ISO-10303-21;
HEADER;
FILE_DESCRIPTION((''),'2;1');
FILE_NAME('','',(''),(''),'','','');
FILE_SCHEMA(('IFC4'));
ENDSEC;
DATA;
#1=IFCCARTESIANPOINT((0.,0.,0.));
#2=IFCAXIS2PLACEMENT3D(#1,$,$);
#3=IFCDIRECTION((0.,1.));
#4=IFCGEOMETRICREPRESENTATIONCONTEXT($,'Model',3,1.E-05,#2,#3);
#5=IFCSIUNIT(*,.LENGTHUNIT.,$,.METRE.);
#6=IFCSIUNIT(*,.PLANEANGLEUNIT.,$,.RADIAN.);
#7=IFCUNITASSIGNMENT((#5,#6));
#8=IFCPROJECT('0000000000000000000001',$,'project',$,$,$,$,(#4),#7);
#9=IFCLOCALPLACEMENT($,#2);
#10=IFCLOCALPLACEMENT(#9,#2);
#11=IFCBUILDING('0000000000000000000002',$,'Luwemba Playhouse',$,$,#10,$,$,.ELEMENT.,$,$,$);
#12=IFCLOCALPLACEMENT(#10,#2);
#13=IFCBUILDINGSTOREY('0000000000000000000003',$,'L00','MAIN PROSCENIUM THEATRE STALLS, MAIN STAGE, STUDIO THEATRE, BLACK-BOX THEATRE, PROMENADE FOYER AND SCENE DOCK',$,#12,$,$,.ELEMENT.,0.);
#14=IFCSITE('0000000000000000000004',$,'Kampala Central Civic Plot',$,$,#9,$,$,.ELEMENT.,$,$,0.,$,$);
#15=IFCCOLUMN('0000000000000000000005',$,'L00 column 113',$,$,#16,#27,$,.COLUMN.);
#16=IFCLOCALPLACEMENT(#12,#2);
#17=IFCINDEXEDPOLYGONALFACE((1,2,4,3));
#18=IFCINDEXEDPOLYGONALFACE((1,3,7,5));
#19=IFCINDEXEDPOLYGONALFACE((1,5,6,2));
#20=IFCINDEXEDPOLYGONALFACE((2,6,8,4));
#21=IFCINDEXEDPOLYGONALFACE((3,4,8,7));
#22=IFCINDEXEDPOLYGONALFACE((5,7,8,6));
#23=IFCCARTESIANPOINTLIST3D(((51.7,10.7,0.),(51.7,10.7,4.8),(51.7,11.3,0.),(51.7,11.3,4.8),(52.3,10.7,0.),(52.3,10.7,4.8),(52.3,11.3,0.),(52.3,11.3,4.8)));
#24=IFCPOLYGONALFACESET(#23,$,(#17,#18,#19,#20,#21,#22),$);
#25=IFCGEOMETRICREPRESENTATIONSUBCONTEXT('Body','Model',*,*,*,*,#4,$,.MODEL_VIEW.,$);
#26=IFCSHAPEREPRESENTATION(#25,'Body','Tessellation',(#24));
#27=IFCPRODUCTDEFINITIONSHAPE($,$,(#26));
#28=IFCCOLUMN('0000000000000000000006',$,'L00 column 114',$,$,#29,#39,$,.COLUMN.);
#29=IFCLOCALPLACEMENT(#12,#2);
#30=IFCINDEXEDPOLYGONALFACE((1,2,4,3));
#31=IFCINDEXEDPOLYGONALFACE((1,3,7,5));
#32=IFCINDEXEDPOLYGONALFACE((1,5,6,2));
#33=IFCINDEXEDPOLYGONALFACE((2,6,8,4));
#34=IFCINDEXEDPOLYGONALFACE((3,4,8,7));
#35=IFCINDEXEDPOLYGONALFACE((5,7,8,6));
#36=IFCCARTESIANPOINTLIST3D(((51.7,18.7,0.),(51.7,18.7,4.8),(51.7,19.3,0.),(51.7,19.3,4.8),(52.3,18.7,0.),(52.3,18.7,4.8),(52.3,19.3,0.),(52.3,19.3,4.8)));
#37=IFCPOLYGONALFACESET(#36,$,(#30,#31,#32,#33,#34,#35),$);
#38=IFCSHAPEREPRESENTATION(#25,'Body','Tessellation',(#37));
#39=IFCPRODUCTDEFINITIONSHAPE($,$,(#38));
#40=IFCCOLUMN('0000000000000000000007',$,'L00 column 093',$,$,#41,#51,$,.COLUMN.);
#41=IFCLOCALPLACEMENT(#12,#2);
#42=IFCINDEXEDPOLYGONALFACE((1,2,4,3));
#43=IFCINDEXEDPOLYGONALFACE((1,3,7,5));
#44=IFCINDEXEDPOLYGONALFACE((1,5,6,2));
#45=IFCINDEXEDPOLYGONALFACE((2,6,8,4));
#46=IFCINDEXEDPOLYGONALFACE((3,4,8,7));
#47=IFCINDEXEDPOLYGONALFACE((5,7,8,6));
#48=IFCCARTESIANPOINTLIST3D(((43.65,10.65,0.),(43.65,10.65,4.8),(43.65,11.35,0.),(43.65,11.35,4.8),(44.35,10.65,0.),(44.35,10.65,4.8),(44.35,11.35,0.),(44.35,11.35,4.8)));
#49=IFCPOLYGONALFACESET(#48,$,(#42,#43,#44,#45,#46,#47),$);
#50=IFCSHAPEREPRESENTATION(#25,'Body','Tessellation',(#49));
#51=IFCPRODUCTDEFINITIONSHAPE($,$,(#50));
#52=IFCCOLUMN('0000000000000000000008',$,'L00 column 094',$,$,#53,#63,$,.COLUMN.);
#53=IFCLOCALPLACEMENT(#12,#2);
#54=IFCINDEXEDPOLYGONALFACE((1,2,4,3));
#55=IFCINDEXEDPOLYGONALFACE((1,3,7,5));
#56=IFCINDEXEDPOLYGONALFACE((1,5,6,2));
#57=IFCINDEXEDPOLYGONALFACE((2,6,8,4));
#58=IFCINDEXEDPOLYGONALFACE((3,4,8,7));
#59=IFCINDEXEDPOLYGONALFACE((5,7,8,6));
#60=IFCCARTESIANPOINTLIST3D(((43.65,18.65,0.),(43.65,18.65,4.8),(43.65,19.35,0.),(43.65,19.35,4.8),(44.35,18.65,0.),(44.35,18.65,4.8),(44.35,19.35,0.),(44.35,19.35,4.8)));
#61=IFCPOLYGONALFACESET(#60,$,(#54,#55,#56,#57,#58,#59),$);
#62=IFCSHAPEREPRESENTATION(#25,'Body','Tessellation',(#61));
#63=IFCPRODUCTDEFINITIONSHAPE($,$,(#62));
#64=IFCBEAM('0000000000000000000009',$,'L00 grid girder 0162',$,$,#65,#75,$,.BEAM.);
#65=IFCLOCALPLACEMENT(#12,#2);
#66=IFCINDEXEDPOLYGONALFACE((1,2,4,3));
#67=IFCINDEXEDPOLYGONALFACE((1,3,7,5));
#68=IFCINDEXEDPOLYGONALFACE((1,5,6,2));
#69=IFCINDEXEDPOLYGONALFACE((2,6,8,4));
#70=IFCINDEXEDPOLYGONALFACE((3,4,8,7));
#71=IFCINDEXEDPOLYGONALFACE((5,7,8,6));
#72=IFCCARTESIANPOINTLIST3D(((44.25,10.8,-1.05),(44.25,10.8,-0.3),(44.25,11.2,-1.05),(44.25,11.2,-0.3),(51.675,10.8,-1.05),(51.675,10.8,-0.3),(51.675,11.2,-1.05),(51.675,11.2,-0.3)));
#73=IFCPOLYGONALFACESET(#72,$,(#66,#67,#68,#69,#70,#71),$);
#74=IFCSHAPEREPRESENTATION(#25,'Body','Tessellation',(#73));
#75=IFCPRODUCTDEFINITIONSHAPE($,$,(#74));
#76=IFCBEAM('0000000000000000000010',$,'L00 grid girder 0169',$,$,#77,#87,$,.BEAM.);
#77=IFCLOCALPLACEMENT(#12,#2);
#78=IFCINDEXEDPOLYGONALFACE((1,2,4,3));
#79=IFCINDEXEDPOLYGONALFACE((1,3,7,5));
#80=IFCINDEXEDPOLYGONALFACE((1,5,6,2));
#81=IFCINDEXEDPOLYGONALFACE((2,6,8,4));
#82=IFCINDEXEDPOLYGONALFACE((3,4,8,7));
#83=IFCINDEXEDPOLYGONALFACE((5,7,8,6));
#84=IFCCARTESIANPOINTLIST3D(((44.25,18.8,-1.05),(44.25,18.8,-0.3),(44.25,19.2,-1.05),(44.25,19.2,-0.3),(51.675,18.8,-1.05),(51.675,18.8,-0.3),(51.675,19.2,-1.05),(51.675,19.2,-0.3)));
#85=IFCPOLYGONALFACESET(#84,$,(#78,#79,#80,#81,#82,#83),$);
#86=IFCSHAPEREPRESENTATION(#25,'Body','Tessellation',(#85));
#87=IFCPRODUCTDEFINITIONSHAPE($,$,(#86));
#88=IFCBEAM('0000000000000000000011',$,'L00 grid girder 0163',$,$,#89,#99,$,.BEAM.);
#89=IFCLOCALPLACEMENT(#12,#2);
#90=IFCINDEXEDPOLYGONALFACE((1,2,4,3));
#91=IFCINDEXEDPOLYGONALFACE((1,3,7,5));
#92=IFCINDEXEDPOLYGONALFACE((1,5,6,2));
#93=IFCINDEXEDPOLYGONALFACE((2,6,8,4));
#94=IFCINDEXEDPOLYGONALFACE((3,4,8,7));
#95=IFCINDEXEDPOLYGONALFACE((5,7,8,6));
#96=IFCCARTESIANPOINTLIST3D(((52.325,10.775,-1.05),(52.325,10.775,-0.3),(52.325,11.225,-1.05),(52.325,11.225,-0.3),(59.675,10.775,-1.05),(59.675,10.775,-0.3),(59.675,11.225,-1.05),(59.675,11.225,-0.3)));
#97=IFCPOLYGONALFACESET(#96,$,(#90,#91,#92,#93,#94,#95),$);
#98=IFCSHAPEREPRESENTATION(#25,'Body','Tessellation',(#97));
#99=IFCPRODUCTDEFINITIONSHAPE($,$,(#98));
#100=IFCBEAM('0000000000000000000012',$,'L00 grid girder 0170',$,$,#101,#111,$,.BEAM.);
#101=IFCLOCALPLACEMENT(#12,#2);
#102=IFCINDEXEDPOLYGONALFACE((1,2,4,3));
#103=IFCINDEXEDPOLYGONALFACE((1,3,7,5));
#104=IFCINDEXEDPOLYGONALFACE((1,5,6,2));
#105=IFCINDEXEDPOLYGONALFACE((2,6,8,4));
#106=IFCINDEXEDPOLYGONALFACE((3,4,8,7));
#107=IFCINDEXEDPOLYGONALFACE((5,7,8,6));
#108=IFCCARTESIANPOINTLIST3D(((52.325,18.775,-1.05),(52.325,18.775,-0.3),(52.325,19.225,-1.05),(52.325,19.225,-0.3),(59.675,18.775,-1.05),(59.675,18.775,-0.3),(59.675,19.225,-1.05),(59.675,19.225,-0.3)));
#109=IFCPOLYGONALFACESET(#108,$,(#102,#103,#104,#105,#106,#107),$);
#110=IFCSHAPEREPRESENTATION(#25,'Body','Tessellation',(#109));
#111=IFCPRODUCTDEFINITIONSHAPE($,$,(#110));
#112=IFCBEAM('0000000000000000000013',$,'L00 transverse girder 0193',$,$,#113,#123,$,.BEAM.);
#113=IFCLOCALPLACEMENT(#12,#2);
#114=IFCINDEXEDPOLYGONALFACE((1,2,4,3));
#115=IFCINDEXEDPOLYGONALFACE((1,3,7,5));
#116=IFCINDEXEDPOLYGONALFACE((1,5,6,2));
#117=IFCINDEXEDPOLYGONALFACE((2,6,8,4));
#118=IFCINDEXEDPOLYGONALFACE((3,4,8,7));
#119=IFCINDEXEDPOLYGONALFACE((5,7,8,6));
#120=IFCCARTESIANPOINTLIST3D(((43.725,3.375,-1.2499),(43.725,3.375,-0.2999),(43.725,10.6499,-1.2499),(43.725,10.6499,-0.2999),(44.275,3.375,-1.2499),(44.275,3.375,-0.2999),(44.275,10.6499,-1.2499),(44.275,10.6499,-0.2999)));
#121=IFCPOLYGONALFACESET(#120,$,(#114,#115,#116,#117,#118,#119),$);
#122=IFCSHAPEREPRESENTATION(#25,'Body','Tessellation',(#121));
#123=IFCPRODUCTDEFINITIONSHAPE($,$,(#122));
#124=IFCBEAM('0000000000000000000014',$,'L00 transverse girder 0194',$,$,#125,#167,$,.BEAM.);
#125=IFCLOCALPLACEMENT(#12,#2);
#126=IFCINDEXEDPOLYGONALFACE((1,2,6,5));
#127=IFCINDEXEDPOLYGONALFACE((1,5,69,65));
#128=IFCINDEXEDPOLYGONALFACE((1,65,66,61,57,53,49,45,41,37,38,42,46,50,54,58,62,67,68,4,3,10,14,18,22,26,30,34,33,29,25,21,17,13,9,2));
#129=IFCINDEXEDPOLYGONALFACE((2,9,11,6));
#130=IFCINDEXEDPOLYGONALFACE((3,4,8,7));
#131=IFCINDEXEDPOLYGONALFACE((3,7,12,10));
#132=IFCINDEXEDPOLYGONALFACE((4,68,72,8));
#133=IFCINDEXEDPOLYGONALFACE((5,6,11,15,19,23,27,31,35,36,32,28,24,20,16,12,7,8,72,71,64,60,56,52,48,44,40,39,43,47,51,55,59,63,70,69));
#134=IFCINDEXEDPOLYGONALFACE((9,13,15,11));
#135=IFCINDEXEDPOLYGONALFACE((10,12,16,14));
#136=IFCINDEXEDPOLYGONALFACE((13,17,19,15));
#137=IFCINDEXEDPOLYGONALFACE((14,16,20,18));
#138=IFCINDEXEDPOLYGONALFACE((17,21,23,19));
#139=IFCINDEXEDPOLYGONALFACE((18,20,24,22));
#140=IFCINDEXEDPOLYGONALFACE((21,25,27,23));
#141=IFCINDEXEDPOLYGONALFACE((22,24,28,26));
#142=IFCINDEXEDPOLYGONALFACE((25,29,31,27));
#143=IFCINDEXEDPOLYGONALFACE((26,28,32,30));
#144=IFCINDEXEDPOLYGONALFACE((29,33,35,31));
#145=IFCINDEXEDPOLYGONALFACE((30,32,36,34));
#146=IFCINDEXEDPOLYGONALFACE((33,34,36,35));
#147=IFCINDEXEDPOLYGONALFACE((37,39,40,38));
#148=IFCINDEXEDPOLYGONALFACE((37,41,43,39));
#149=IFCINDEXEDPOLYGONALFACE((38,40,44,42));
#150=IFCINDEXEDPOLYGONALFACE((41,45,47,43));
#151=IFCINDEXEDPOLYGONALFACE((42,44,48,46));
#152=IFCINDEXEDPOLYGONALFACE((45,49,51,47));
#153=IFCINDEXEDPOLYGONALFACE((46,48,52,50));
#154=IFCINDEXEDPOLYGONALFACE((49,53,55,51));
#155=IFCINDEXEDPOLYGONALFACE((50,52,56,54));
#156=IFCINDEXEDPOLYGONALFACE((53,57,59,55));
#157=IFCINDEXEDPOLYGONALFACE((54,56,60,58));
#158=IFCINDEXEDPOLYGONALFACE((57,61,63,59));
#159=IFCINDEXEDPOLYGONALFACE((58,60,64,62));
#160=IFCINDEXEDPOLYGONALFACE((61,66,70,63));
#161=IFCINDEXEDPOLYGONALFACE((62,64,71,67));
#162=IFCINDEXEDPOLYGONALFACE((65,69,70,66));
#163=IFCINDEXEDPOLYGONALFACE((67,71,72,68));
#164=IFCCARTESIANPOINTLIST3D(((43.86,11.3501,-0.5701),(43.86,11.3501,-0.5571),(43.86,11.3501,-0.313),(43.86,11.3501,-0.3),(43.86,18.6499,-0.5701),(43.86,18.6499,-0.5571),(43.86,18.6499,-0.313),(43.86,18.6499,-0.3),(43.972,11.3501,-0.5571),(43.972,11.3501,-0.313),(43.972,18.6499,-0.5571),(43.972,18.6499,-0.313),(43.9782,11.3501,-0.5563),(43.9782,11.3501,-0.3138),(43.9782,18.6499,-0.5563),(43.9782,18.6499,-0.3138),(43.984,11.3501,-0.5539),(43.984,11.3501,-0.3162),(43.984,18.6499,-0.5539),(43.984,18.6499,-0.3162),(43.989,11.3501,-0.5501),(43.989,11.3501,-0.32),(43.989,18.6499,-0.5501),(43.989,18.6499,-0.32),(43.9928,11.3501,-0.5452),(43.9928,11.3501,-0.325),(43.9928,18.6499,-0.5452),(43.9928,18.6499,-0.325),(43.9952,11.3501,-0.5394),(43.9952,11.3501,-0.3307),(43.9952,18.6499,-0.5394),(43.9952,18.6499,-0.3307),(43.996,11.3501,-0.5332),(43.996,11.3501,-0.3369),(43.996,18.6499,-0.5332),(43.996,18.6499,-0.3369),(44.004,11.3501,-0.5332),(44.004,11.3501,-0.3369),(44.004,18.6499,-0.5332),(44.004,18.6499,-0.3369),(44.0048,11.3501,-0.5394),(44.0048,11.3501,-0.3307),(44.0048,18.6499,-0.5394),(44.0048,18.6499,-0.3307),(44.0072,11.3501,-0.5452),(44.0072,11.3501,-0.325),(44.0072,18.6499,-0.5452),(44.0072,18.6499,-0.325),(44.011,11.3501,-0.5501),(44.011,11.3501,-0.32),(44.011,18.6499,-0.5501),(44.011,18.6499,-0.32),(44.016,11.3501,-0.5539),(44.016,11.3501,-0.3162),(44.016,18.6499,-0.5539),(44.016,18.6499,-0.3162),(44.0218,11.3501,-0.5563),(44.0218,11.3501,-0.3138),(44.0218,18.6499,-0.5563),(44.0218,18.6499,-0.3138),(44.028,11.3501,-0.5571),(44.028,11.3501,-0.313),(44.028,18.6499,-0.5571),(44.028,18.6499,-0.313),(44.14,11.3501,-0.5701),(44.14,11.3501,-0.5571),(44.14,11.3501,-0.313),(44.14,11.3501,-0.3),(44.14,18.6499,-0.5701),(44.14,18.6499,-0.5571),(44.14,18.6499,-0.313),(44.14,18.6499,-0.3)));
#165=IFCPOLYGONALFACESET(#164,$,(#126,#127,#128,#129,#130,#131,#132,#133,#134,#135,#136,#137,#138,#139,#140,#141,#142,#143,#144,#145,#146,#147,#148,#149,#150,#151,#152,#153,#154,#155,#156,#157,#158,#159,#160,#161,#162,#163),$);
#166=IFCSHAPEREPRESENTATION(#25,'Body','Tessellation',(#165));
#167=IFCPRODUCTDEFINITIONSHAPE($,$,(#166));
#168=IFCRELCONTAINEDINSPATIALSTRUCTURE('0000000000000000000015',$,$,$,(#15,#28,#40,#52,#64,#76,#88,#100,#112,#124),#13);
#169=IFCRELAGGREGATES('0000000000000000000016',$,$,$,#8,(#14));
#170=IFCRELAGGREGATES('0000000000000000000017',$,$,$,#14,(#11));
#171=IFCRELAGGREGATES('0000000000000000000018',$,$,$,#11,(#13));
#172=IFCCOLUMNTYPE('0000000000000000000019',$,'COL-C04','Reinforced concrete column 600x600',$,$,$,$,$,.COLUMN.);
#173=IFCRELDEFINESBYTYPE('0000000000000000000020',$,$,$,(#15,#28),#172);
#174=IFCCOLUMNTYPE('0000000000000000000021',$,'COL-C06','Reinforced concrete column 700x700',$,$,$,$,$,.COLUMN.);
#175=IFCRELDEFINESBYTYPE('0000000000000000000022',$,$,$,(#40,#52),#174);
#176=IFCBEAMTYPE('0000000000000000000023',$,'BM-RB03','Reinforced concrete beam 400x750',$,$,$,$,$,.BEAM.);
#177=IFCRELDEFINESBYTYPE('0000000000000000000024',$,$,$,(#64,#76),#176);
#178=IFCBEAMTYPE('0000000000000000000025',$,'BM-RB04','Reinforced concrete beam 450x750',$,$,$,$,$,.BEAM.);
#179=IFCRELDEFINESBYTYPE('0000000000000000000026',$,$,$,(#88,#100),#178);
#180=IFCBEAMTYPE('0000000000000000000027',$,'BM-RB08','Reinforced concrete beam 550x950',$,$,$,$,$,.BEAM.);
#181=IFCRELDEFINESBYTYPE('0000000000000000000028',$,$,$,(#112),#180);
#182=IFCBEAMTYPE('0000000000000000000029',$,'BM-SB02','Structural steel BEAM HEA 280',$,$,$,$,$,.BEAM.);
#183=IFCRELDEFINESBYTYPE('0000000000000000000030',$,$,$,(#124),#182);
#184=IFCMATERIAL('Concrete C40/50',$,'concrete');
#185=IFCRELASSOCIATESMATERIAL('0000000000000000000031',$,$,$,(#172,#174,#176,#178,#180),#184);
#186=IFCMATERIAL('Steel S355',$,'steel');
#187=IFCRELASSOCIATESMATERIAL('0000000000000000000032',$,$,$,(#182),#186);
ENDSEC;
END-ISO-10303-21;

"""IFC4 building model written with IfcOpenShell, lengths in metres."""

from ifc_helpers import new_model, si_unit, direction, frame, origin, origin_2d, place, context, subcontext, project, spatial, rectangle, i_section, extrude, material, material_profile, profile_set, type_object, element, save


model = new_model("IFC4")

# Units and contexts
model_context = context("Model", 3, precision=1e-05, world=origin(), true_north=direction((0.0, 1.0)))
body_context = subcontext(model_context, "Body", "Model", "MODEL_VIEW")
ifc_project = project(units=[si_unit("LENGTHUNIT", "METRE"), si_unit("PLANEANGLEUNIT", "RADIAN")], contexts=[model_context])

# Site, building, storey
site_placement = place(None, origin())
site = spatial("IfcSite", under=ifc_project, at=site_placement, Name="Kampala Central Civic Plot", CompositionType="ELEMENT", RefElevation=0.0)
building_placement = place(site_placement, origin())
building = spatial("IfcBuilding", under=site, at=building_placement, Name="Luwemba Playhouse", CompositionType="ELEMENT")
storey_placement = place(building_placement, origin())
storey = spatial("IfcBuildingStorey", under=building, at=storey_placement, Name="L00", Description="MAIN PROSCENIUM THEATRE STALLS, MAIN STAGE, STUDIO THEATRE, BLACK-BOX THEATRE, PROMENADE FOYER AND SCENE DOCK", CompositionType="ELEMENT", Elevation=0.0)

# Columns
ifc_material_1 = material(Name="Concrete C40/50", Category="concrete")
ifc_material_profile_1 = material_profile(ifc_material_1, rectangle(XDim=0.6001, YDim=0.6001, at=origin_2d()))
ifc_profile_set_1 = profile_set([ifc_material_profile_1], Name="Concrete C40/50")
column_type_1 = type_object("IfcColumnType", Name="COL-C04", Description="Reinforced concrete column 600x600", PredefinedType="COLUMN", material=ifc_profile_set_1)
for number, where, z_axis, x_axis, name in (
    (1, (52.0, 11.0, 0.0), (0.0, 0.0, 1.0), (1.0, 0.0, 0.0), "L00 column 113"),
    (2, (52.0, 19.0, 0.0), (0.0, 0.0, 1.0), (1.0, 0.0, 0.0), "L00 column 114"),
):
    element("IfcColumn", number, at=place(storey_placement, frame(where, z_axis=z_axis, x_axis=x_axis)), inside=storey, type_object=column_type_1, Name=name, PredefinedType="COLUMN", context=body_context, shape_type="SweptSolid", body=[
        extrude(rectangle(XDim=0.6001, YDim=0.6001, at=origin_2d()), origin(), (0.0, 0.0, 1.0), 4.8),
    ])
ifc_material_profile_2 = material_profile(ifc_material_1, rectangle(XDim=0.7, YDim=0.7, at=origin_2d()))
ifc_profile_set_2 = profile_set([ifc_material_profile_2], Name="Concrete C40/50")
column_type_2 = type_object("IfcColumnType", Name="COL-C06", Description="Reinforced concrete column 700x700", PredefinedType="COLUMN", material=ifc_profile_set_2)
for number, where, z_axis, x_axis, name in (
    (3, (44.0, 11.0, 0.0), (0.0, 0.0, 1.0), (1.0, 0.0, 0.0), "L00 column 093"),
    (4, (44.0, 19.0, 0.0), (0.0, 0.0, 1.0), (1.0, 0.0, 0.0), "L00 column 094"),
):
    element("IfcColumn", number, at=place(storey_placement, frame(where, z_axis=z_axis, x_axis=x_axis)), inside=storey, type_object=column_type_2, Name=name, PredefinedType="COLUMN", context=body_context, shape_type="SweptSolid", body=[
        extrude(rectangle(XDim=0.7, YDim=0.7, at=origin_2d()), origin(), (0.0, 0.0, 1.0), 4.8),
    ])

# Beams
ifc_material_profile_3 = material_profile(ifc_material_1, rectangle(XDim=0.3999, YDim=0.75, at=origin_2d()))
ifc_profile_set_3 = profile_set([ifc_material_profile_3], Name="Concrete C40/50")
beam_type_1 = type_object("IfcBeamType", Name="BM-RB03", Description="Reinforced concrete beam 400x750", PredefinedType="BEAM", material=ifc_profile_set_3)
for number, where, z_axis, x_axis, name in (
    (5, (44.25, 11.0, -0.675), (1.0, 0.0, 0.0), (0.0, 1.0, 0.0), "L00 grid girder 0162"),
    (6, (44.25, 19.0, -0.675), (1.0, 0.0, 0.0), (0.0, 1.0, 0.0), "L00 grid girder 0169"),
):
    element("IfcBeam", number, at=place(storey_placement, frame(where, z_axis=z_axis, x_axis=x_axis)), inside=storey, type_object=beam_type_1, Name=name, PredefinedType="BEAM", context=body_context, shape_type="SweptSolid", body=[
        extrude(rectangle(XDim=0.3999, YDim=0.75, at=origin_2d()), origin(), (0.0, 0.0, 1.0), 7.425),
    ])
ifc_material_profile_4 = material_profile(ifc_material_1, rectangle(XDim=0.45, YDim=0.75, at=origin_2d()))
ifc_profile_set_4 = profile_set([ifc_material_profile_4], Name="Concrete C40/50")
beam_type_2 = type_object("IfcBeamType", Name="BM-RB04", Description="Reinforced concrete beam 450x750", PredefinedType="BEAM", material=ifc_profile_set_4)
for number, where, z_axis, x_axis, name in (
    (7, (52.325, 11.0, -0.675), (1.0, 0.0, 0.0), (0.0, 1.0, 0.0), "L00 grid girder 0163"),
    (8, (52.325, 19.0, -0.675), (1.0, 0.0, 0.0), (0.0, 1.0, 0.0), "L00 grid girder 0170"),
):
    element("IfcBeam", number, at=place(storey_placement, frame(where, z_axis=z_axis, x_axis=x_axis)), inside=storey, type_object=beam_type_2, Name=name, PredefinedType="BEAM", context=body_context, shape_type="SweptSolid", body=[
        extrude(rectangle(XDim=0.45, YDim=0.75, at=origin_2d()), origin(), (0.0, 0.0, 1.0), 7.3501),
    ])
ifc_material_profile_5 = material_profile(ifc_material_1, rectangle(XDim=0.55, YDim=0.95, at=origin_2d()))
ifc_profile_set_5 = profile_set([ifc_material_profile_5], Name="Concrete C40/50")
beam_type_3 = type_object("IfcBeamType", Name="BM-RB08", Description="Reinforced concrete beam 550x950", PredefinedType="BEAM", material=ifc_profile_set_5)
beam_1_placement = place(storey_placement, frame((44.0, 3.375, -0.7749), z_axis=(0.0, 1.0, 0.0), x_axis=(-1.0, 0.0, 0.0)))
element("IfcBeam", 9, at=beam_1_placement, inside=storey, type_object=beam_type_3, Name="L00 transverse girder 0193", PredefinedType="BEAM", context=body_context, shape_type="SweptSolid", body=[
    extrude(rectangle(XDim=0.55, YDim=0.95, at=origin_2d()), origin(), (0.0, 0.0, 1.0), 7.2749),
])
ifc_material_2 = material(Name="Steel S355", Category="steel")
ifc_material_profile_6 = material_profile(ifc_material_2, i_section(OverallWidth=0.28, OverallDepth=0.27, WebThickness=0.0081, FlangeThickness=0.0129, FilletRadius=0.0239, at=origin_2d()))
ifc_profile_set_6 = profile_set([ifc_material_profile_6], Name="Steel S355")
beam_type_4 = type_object("IfcBeamType", Name="BM-SB02", Description="Structural steel BEAM HEA 280", PredefinedType="BEAM", material=ifc_profile_set_6)
beam_2_placement = place(storey_placement, frame((44.0, 11.3501, -0.4351), z_axis=(0.0, 1.0, 0.0), x_axis=(-1.0, 0.0, 0.0)))
element("IfcBeam", 10, at=beam_2_placement, inside=storey, type_object=beam_type_4, Name="L00 transverse girder 0194", PredefinedType="BEAM", context=body_context, shape_type="SweptSolid", body=[
    extrude(i_section(OverallWidth=0.28, OverallDepth=0.27, WebThickness=0.0081, FlangeThickness=0.0129, FilletRadius=0.0239, at=origin_2d()), origin(), (0.0, 0.0, 1.0), 7.2998),
])

save(model, "model.ifc")
